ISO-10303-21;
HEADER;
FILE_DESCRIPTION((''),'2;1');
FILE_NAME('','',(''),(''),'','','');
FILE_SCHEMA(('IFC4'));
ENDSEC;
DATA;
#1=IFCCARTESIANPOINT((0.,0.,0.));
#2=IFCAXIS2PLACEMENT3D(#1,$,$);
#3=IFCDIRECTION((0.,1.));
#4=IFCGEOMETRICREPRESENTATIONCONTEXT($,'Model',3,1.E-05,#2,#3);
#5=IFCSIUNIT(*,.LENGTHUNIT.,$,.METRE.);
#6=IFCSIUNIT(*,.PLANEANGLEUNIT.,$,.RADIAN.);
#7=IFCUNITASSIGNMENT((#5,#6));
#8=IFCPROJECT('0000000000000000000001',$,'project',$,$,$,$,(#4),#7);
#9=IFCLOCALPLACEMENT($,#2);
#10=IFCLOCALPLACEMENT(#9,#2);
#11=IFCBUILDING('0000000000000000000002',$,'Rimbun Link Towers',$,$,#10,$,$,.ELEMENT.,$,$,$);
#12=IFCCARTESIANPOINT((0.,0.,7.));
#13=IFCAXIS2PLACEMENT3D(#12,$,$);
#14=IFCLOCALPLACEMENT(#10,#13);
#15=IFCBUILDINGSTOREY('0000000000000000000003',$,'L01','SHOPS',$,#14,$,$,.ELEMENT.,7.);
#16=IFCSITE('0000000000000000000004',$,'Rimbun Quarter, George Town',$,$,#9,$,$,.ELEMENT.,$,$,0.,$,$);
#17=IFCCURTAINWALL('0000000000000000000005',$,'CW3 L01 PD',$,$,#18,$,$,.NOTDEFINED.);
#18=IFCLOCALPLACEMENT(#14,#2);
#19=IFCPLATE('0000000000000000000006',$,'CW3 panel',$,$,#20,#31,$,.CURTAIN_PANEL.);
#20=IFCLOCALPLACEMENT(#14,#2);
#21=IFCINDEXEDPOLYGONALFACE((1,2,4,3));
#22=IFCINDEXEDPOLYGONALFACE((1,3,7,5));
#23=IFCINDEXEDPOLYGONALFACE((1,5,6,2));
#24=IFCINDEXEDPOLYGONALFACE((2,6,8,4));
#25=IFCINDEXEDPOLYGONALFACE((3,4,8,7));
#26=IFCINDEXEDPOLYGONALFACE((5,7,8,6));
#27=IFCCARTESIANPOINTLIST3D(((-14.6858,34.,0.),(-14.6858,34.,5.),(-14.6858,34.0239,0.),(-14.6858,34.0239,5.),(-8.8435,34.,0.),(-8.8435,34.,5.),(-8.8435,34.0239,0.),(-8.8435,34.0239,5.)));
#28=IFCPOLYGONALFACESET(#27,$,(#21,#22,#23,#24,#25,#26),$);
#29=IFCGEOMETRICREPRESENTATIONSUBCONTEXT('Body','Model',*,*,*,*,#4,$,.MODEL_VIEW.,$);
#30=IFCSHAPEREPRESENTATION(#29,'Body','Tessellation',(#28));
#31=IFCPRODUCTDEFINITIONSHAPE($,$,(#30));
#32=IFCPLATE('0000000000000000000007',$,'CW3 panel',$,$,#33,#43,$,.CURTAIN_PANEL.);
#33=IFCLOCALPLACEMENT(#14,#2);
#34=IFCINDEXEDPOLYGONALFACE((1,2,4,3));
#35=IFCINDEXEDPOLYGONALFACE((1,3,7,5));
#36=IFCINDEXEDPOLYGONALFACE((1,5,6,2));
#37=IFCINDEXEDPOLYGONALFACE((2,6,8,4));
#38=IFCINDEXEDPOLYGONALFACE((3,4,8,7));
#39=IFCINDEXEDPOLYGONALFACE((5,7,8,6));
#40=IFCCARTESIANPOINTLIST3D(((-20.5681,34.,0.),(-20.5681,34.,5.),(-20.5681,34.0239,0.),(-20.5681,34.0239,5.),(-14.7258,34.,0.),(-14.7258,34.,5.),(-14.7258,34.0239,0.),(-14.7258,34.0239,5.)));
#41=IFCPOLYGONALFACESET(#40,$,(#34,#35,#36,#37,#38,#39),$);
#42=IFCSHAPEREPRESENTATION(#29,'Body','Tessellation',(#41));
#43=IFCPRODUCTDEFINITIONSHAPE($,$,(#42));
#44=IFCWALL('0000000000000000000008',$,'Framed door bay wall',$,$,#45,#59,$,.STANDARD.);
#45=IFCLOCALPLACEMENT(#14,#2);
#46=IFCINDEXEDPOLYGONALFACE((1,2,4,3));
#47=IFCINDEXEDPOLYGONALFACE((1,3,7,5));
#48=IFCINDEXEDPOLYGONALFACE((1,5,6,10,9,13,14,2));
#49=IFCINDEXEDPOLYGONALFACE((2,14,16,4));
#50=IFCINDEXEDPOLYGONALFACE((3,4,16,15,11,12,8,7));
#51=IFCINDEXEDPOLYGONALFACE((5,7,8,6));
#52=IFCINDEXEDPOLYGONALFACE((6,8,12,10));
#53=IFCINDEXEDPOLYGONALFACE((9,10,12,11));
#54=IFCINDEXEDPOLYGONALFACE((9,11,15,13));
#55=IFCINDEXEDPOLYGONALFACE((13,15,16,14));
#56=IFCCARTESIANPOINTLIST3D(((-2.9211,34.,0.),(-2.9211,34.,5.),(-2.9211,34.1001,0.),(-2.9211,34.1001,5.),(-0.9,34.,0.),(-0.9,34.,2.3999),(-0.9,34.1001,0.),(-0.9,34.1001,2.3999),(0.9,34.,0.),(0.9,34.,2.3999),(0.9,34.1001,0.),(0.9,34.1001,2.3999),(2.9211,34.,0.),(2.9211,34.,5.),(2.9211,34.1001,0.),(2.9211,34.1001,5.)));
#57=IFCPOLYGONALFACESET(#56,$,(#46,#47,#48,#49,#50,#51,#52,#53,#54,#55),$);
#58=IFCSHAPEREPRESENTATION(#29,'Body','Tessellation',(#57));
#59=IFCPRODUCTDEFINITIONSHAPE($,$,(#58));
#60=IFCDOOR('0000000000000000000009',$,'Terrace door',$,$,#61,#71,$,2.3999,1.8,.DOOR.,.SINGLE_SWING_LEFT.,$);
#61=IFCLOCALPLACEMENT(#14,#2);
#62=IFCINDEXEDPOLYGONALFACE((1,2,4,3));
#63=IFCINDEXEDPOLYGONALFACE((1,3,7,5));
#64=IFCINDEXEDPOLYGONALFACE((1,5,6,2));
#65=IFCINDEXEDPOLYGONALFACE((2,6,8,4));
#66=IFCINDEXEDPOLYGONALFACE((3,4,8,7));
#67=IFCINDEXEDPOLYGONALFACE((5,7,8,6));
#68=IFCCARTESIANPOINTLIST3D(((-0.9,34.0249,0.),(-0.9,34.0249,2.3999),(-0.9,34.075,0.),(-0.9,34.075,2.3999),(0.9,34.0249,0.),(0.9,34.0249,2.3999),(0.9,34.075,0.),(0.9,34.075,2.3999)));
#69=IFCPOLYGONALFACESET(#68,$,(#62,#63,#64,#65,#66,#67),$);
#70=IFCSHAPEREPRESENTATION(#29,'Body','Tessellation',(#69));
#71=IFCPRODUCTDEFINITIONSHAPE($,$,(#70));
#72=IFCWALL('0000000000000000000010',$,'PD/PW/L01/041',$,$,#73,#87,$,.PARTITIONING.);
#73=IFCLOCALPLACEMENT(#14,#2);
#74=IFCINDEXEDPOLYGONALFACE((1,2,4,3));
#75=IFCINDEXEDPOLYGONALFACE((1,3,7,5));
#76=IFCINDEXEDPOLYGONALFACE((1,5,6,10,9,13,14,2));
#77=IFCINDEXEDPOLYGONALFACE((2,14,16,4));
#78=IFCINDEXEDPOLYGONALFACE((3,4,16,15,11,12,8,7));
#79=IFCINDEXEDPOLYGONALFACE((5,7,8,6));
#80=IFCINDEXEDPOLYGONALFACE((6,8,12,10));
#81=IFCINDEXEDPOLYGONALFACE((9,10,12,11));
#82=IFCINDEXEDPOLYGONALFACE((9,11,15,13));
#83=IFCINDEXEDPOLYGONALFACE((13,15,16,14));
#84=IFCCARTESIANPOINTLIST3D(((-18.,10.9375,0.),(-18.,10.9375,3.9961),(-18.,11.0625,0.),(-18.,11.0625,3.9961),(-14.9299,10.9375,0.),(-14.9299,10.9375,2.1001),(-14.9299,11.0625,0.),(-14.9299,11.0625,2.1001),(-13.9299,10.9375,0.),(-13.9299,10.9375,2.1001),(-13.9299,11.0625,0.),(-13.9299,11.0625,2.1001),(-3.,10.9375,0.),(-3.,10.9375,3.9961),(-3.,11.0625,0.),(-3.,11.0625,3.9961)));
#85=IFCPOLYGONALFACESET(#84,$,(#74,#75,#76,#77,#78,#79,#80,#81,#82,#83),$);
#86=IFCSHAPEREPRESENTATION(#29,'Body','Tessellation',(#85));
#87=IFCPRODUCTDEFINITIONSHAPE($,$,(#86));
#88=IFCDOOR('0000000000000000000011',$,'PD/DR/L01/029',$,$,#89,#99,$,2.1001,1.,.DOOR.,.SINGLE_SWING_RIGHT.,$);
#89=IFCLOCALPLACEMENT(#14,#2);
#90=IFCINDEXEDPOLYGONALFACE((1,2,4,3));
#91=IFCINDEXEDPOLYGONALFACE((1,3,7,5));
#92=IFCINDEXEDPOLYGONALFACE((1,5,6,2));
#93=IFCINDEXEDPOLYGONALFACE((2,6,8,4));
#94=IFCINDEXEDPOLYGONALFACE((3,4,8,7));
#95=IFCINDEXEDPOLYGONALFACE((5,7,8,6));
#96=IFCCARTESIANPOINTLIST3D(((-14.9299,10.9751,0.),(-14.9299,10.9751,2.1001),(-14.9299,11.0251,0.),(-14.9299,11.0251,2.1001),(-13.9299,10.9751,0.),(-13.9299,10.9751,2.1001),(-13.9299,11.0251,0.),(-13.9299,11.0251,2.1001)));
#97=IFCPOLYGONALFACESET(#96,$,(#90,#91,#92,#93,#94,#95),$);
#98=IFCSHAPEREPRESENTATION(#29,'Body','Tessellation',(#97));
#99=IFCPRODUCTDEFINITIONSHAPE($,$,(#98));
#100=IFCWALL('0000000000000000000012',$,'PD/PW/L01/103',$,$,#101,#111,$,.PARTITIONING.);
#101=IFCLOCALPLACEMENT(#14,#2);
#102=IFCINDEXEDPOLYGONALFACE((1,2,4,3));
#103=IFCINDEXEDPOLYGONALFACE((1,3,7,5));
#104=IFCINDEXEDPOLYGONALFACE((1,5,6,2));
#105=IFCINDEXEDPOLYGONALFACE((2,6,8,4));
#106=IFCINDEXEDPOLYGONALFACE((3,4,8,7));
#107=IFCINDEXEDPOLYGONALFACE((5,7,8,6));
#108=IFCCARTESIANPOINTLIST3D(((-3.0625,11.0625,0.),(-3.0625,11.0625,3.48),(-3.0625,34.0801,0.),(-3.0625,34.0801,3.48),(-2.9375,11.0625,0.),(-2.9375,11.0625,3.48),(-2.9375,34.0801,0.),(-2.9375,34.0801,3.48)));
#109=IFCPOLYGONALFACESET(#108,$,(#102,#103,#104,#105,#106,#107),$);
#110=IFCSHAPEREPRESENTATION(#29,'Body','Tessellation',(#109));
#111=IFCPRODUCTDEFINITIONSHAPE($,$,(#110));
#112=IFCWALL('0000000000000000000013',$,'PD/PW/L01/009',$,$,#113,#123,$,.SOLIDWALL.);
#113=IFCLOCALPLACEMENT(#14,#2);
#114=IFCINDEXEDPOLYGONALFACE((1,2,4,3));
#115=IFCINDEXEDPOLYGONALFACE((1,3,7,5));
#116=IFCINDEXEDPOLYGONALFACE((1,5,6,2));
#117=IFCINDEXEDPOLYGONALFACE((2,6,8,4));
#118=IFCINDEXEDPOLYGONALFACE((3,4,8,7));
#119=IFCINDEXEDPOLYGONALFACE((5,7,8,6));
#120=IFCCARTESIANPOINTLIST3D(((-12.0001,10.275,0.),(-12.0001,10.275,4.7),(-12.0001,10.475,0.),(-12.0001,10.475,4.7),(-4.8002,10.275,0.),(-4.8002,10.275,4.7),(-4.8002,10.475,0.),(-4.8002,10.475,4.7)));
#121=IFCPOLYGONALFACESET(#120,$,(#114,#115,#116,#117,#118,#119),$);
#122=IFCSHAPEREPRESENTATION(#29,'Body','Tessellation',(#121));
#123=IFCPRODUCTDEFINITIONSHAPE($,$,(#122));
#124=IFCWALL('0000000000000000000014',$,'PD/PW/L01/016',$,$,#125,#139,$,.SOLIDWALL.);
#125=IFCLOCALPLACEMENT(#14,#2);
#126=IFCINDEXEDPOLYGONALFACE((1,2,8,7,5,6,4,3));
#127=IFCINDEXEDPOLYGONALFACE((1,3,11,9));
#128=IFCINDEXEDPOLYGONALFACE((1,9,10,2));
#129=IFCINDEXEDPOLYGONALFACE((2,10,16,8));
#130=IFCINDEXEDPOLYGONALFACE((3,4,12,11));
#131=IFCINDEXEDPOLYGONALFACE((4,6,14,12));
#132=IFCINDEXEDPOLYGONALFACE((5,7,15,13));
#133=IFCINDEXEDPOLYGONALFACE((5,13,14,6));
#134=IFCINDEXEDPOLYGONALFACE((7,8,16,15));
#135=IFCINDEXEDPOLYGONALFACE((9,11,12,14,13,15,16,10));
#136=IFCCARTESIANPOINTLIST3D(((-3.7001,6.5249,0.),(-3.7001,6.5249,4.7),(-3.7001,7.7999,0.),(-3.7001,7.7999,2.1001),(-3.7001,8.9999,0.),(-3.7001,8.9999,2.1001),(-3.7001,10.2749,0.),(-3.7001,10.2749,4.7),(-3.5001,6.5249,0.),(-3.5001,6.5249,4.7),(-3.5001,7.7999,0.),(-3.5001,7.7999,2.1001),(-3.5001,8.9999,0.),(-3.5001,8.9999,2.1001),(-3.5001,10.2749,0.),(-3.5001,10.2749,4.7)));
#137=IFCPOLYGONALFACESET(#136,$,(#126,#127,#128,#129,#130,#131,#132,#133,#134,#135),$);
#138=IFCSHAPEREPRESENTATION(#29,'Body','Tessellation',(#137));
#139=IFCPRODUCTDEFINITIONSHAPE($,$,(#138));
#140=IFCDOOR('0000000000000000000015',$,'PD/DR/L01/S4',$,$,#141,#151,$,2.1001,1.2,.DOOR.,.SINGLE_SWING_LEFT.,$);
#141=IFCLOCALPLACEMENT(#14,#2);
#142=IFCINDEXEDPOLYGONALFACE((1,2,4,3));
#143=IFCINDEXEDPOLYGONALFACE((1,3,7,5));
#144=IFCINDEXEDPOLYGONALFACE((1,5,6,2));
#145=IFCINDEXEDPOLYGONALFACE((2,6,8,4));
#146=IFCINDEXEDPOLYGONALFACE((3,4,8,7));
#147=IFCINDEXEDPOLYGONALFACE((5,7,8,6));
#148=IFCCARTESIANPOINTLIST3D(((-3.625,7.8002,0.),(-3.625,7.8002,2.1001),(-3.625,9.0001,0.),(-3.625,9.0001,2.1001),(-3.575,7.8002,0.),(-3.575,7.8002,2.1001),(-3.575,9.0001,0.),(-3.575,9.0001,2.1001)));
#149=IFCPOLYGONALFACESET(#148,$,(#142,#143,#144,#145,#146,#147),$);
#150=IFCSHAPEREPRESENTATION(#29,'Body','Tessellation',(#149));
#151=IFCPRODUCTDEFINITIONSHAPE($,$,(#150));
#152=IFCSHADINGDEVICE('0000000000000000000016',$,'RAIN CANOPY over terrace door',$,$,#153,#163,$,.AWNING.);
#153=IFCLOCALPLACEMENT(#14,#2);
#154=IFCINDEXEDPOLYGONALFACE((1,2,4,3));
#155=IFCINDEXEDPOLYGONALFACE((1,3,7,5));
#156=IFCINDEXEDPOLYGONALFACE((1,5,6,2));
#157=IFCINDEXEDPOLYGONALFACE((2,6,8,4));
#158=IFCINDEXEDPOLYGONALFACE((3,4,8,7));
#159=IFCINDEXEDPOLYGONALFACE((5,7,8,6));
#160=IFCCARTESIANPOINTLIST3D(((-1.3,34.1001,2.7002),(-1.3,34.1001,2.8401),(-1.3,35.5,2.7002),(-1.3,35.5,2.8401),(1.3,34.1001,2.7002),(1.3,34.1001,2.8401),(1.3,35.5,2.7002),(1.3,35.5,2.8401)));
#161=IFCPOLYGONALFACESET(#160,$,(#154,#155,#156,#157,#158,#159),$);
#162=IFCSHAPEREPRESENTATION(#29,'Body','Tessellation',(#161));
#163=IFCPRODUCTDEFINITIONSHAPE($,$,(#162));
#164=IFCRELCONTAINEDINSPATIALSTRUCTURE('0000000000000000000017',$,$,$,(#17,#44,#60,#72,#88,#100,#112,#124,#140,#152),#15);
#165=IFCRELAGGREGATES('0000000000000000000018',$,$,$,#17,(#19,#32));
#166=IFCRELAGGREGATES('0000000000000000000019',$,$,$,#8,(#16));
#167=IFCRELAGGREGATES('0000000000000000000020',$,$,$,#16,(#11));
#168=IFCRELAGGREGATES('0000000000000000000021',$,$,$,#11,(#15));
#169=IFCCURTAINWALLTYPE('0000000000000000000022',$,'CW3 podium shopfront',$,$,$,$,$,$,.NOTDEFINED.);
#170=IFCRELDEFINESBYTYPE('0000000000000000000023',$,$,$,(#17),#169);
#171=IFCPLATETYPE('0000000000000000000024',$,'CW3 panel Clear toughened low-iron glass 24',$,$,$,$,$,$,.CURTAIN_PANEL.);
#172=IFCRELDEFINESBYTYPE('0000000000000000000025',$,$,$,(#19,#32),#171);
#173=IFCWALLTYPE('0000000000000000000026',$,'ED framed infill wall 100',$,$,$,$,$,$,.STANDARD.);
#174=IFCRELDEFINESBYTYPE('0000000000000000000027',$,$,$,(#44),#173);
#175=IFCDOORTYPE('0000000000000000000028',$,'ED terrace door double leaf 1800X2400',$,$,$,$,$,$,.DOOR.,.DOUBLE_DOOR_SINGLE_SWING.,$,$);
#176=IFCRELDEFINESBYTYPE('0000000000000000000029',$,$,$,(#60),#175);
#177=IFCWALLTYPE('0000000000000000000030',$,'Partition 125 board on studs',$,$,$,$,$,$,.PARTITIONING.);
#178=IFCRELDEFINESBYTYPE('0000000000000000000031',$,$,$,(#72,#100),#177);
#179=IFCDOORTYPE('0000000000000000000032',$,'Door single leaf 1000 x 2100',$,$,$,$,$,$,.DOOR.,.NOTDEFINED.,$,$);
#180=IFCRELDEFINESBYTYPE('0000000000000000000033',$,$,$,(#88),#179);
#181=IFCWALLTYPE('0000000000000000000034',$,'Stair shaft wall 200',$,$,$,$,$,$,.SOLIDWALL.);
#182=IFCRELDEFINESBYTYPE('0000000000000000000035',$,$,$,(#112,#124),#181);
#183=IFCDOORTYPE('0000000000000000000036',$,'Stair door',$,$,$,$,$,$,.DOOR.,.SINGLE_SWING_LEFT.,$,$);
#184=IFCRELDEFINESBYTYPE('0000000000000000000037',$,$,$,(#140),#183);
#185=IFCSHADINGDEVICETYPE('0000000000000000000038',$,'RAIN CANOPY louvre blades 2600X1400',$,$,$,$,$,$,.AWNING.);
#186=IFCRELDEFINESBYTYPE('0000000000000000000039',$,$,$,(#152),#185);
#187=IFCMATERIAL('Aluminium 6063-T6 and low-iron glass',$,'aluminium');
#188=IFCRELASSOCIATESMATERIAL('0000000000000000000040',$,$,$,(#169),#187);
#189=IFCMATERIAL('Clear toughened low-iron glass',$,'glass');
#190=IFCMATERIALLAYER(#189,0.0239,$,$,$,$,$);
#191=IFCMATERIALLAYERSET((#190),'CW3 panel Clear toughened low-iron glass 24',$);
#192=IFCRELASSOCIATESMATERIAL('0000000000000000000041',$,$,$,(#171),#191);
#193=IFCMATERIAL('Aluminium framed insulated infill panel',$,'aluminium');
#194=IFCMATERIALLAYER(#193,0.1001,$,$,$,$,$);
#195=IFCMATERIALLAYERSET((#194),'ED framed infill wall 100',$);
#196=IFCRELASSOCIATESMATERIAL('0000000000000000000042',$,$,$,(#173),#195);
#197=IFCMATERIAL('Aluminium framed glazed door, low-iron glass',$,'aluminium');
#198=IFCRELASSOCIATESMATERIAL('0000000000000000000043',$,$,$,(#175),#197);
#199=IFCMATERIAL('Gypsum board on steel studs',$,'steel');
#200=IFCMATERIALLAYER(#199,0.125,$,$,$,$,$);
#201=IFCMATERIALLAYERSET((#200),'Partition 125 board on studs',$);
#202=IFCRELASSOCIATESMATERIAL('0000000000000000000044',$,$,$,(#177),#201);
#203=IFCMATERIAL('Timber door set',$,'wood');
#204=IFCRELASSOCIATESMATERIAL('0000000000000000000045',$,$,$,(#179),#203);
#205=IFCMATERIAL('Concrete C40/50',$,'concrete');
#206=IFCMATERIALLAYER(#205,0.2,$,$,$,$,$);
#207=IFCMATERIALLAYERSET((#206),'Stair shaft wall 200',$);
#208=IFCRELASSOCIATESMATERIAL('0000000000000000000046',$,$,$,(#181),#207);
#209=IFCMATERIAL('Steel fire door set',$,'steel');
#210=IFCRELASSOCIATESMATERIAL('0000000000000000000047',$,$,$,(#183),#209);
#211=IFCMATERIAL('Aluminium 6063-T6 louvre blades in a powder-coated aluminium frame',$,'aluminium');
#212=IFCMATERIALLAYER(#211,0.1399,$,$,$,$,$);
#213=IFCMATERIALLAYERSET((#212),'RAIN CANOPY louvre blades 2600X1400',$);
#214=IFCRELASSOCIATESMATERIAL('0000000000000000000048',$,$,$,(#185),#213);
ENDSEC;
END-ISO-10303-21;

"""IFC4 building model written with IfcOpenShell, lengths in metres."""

from ifc_helpers import new_model, si_unit, direction, frame, frame_2d, origin, origin_2d, place, context, subcontext, project, spatial, rectangle, extrude, material, layer, layer_set, type_object, element, fill, aggregate, save


model = new_model("IFC4")

# Units and contexts
model_context = context("Model", 3, precision=1e-05, world=origin(), true_north=direction((0.0, 1.0)))
body_context = subcontext(model_context, "Body", "Model", "MODEL_VIEW")
ifc_project = project(units=[si_unit("LENGTHUNIT", "METRE"), si_unit("PLANEANGLEUNIT", "RADIAN")], contexts=[model_context])

# Site, building, storey
site_placement = place(None, origin())
site = spatial("IfcSite", under=ifc_project, at=site_placement, Name="Rimbun Quarter, George Town", CompositionType="ELEMENT", RefElevation=0.0)
building_placement = place(site_placement, origin())
building = spatial("IfcBuilding", under=site, at=building_placement, Name="Rimbun Link Towers", CompositionType="ELEMENT")
storey_placement = place(building_placement, frame((0.0, 0.0, 7.0)))
storey = spatial("IfcBuildingStorey", under=building, at=storey_placement, Name="L01", Description="SHOPS", CompositionType="ELEMENT", Elevation=7.0)

# Curtain wall
ifc_material_1 = material(Name="Aluminium 6063-T6 and low-iron glass", Category="aluminium")
curtain_wall_type = type_object("IfcCurtainWallType", Name="CW3 podium shopfront", PredefinedType="NOTDEFINED", material=ifc_material_1)
curtain_wall_placement = place(storey_placement, origin())
curtain_wall = element("IfcCurtainWall", 1, at=curtain_wall_placement, inside=storey, type_object=curtain_wall_type, Name="CW3 L01 PD", PredefinedType="NOTDEFINED")

# Plates
ifc_material_2 = material(Name="Clear toughened low-iron glass", Category="glass")
ifc_layer_1 = layer(ifc_material_2, 0.0239)
ifc_layer_set_1 = layer_set([ifc_layer_1], Name="CW3 panel Clear toughened low-iron glass 24")
plate_type = type_object("IfcPlateType", Name="CW3 panel Clear toughened low-iron glass 24", PredefinedType="CURTAIN_PANEL", material=ifc_layer_set_1)
plate_1_placement = place(storey_placement, frame((-11.7646, 34.012, 0.0), z_axis=(0.0, 0.0, 1.0), x_axis=(1.0, 0.0, 0.0)))
plate_1 = element("IfcPlate", 2, at=plate_1_placement, type_object=plate_type, Name="CW3 panel", PredefinedType="CURTAIN_PANEL", context=body_context, shape_type="SweptSolid", body=[
    extrude(rectangle(XDim=5.8423, YDim=0.0239, at=origin_2d()), origin(), (0.0, 0.0, 1.0), 5.0),
])
plate_2_placement = place(storey_placement, frame((-17.647, 34.012, 0.0), z_axis=(0.0, 0.0, 1.0), x_axis=(1.0, 0.0, 0.0)))
plate_2 = element("IfcPlate", 3, at=plate_2_placement, type_object=plate_type, Name="CW3 panel", PredefinedType="CURTAIN_PANEL", context=body_context, shape_type="SweptSolid", body=[
    extrude(rectangle(XDim=5.8423, YDim=0.0239, at=origin_2d()), origin(), (0.0, 0.0, 1.0), 5.0),
])
aggregate(curtain_wall, [plate_1, plate_2])

# Walls, openings, doors
ifc_material_3 = material(Name="Aluminium framed insulated infill panel", Category="aluminium")
ifc_layer_2 = layer(ifc_material_3, 0.1001)
ifc_layer_set_2 = layer_set([ifc_layer_2], Name="ED framed infill wall 100")
wall_type_1 = type_object("IfcWallType", Name="ED framed infill wall 100", PredefinedType="STANDARD", material=ifc_layer_set_2)
wall_1_placement = place(storey_placement, frame((-2.9211, 34.05, 0.0), z_axis=(0.0, 0.0, 1.0), x_axis=(1.0, 0.0, 0.0)))
wall_1 = element("IfcWall", 4, at=wall_1_placement, inside=storey, type_object=wall_type_1, Name="Framed door bay wall", PredefinedType="STANDARD", context=body_context, shape_type="SweptSolid", body=[
    extrude(rectangle(XDim=5.8423, YDim=0.1001, at=frame_2d((2.9211, 0.0))), origin(), (0.0, 0.0, 1.0), 5.0),
])
opening_1_placement = place(wall_1_placement, frame((2.0212, 0.0, 0.0)))
opening_1 = element("IfcOpeningElement", 5, at=opening_1_placement, cuts=wall_1, PredefinedType="OPENING", context=body_context, shape_type="SweptSolid", body=[
    extrude(rectangle(XDim=1.8, YDim=2.3999, at=frame_2d((0.8999, 1.2))), frame((0.0, 0.0601, 0.0), z_axis=(0.0, -1.0, 0.0), x_axis=(1.0, 0.0, 0.0)), (0.0, 0.0, 1.0), 0.1201),
])
ifc_material_4 = material(Name="Aluminium framed glazed door, low-iron glass", Category="aluminium")
door_type_1 = type_object("IfcDoorType", Name="ED terrace door double leaf 1800X2400", OperationType="DOUBLE_DOOR_SINGLE_SWING", PredefinedType="DOOR", material=ifc_material_4)
door_1_placement = place(opening_1_placement, origin())
door_1 = element("IfcDoor", 6, at=door_1_placement, inside=storey, type_object=door_type_1, Name="Terrace door", OperationType="SINGLE_SWING_LEFT", OverallHeight=2.3999, OverallWidth=1.8, PredefinedType="DOOR", context=body_context, shape_type="SweptSolid", body=[
    extrude(rectangle(XDim=1.8, YDim=2.3999, at=frame_2d((0.8999, 1.2))), frame((0.0, 0.0249, 0.0), z_axis=(0.0, -1.0, 0.0), x_axis=(1.0, 0.0, 0.0)), (0.0, 0.0, 1.0), 0.05),
])
fill(opening_1, door_1)
ifc_material_5 = material(Name="Gypsum board on steel studs", Category="steel")
ifc_layer_3 = layer(ifc_material_5, 0.125)
ifc_layer_set_3 = layer_set([ifc_layer_3], Name="Partition 125 board on studs")
wall_type_2 = type_object("IfcWallType", Name="Partition 125 board on studs", PredefinedType="PARTITIONING", material=ifc_layer_set_3)
wall_2_placement = place(storey_placement, frame((-3.0, 11.0, 0.0), z_axis=(0.0, 0.0, 1.0), x_axis=(-1.0, 0.0, 0.0)))
wall_2 = element("IfcWall", 7, at=wall_2_placement, inside=storey, type_object=wall_type_2, Name="PD/PW/L01/041", PredefinedType="PARTITIONING", context=body_context, shape_type="SweptSolid", body=[
    extrude(rectangle(XDim=15.0, YDim=0.125, at=frame_2d((7.5, 0.0))), origin(), (0.0, 0.0, 1.0), 3.9961),
])
opening_2_placement = place(wall_2_placement, frame((10.9299, 0.0, 0.0)))
opening_2 = element("IfcOpeningElement", 8, at=opening_2_placement, cuts=wall_2, PredefinedType="OPENING", context=body_context, shape_type="SweptSolid", body=[
    extrude(rectangle(XDim=1.0, YDim=2.1001, at=frame_2d((0.5, 1.05))), frame((0.0, 0.0725, 0.0), z_axis=(0.0, -1.0, 0.0), x_axis=(1.0, 0.0, 0.0)), (0.0, 0.0, 1.0), 0.145),
])
ifc_material_6 = material(Name="Timber door set", Category="wood")
door_type_2 = type_object("IfcDoorType", Name="Door single leaf 1000 x 2100", OperationType="NOTDEFINED", PredefinedType="DOOR", material=ifc_material_6)
door_2_placement = place(opening_2_placement, origin())
door_2 = element("IfcDoor", 9, at=door_2_placement, inside=storey, type_object=door_type_2, Name="PD/DR/L01/029", OperationType="SINGLE_SWING_RIGHT", OverallHeight=2.1001, OverallWidth=1.0, PredefinedType="DOOR", context=body_context, shape_type="SweptSolid", body=[
    extrude(rectangle(XDim=1.0, YDim=2.1001, at=frame_2d((0.5, 1.05))), frame((0.0, 0.0249, 0.0), z_axis=(0.0, -1.0, 0.0), x_axis=(1.0, 0.0, 0.0)), (0.0, 0.0, 1.0), 0.05),
])
fill(opening_2, door_2)

# Walls
wall_3_placement = place(storey_placement, frame((-3.0, 11.0625, 0.0), z_axis=(0.0, 0.0, 1.0), x_axis=(0.0, 1.0, 0.0)))
element("IfcWall", 10, at=wall_3_placement, inside=storey, type_object=wall_type_2, Name="PD/PW/L01/103", PredefinedType="PARTITIONING", context=body_context, shape_type="SweptSolid", body=[
    extrude(rectangle(XDim=23.0176, YDim=0.125, at=frame_2d((11.5088, 0.0))), origin(), (0.0, 0.0, 1.0), 3.48),
])
ifc_material_7 = material(Name="Concrete C40/50", Category="concrete")
ifc_layer_4 = layer(ifc_material_7, 0.2)
ifc_layer_set_4 = layer_set([ifc_layer_4], Name="Stair shaft wall 200")
wall_type_3 = type_object("IfcWallType", Name="Stair shaft wall 200", PredefinedType="SOLIDWALL", material=ifc_layer_set_4)
wall_4_placement = place(storey_placement, frame((-4.8, 10.375, 0.0), z_axis=(0.0, 0.0, 1.0), x_axis=(-1.0, 0.0, 0.0)))
element("IfcWall", 11, at=wall_4_placement, inside=storey, type_object=wall_type_3, Name="PD/PW/L01/009", PredefinedType="SOLIDWALL", context=body_context, shape_type="SweptSolid", body=[
    extrude(rectangle(XDim=7.2, YDim=0.2, at=frame_2d((3.6001, 0.0))), origin(), (0.0, 0.0, 1.0), 4.7),
])

# Wall, opening, door
wall_5_placement = place(storey_placement, frame((-3.6001, 10.2749, 0.0), z_axis=(0.0, 0.0, 1.0), x_axis=(0.0, -1.0, 0.0)))
wall_5 = element("IfcWall", 12, at=wall_5_placement, inside=storey, type_object=wall_type_3, Name="PD/PW/L01/016", PredefinedType="SOLIDWALL", context=body_context, shape_type="SweptSolid", body=[
    extrude(rectangle(XDim=3.75, YDim=0.2, at=frame_2d((1.875, 0.0))), origin(), (0.0, 0.0, 1.0), 4.7),
])
opening_3_placement = place(wall_5_placement, frame((1.2749, 0.0, 0.0)))
opening_3 = element("IfcOpeningElement", 13, at=opening_3_placement, cuts=wall_5, PredefinedType="OPENING", context=body_context, shape_type="SweptSolid", body=[
    extrude(rectangle(XDim=1.2, YDim=2.1001, at=frame_2d((0.6001, 1.05))), frame((0.0, 0.1099, 0.0), z_axis=(0.0, -1.0, 0.0), x_axis=(1.0, 0.0, 0.0)), (0.0, 0.0, 1.0), 0.22),
])
ifc_material_8 = material(Name="Steel fire door set", Category="steel")
door_type_3 = type_object("IfcDoorType", Name="Stair door", OperationType="SINGLE_SWING_LEFT", PredefinedType="DOOR", material=ifc_material_8)
door_3_placement = place(opening_3_placement, frame((1.2, 0.0, 0.0), z_axis=(0.0, 0.0, 1.0), x_axis=(-1.0, 0.0, 0.0)))
door_3 = element("IfcDoor", 14, at=door_3_placement, inside=storey, type_object=door_type_3, Name="PD/DR/L01/S4", OperationType="SINGLE_SWING_LEFT", OverallHeight=2.1001, OverallWidth=1.2, PredefinedType="DOOR", context=body_context, shape_type="SweptSolid", body=[
    extrude(rectangle(XDim=1.2, YDim=2.1001, at=frame_2d((0.6001, 1.05))), frame((0.0, 0.0249, 0.0), z_axis=(0.0, -1.0, 0.0), x_axis=(1.0, 0.0, 0.0)), (0.0, 0.0, 1.0), 0.05),
])
fill(opening_3, door_3)

# Shading device
ifc_material_9 = material(Name="Aluminium 6063-T6 louvre blades in a powder-coated aluminium frame", Category="aluminium")
ifc_layer_5 = layer(ifc_material_9, 0.1399)
ifc_layer_set_5 = layer_set([ifc_layer_5], Name="RAIN CANOPY louvre blades 2600X1400")
shading_device_type = type_object("IfcShadingDeviceType", Name="RAIN CANOPY louvre blades 2600X1400", PredefinedType="AWNING", material=ifc_layer_set_5)
shading_device_placement = place(storey_placement, frame((0.0, 34.8, 2.7002), z_axis=(0.0, 0.0, 1.0), x_axis=(1.0, 0.0, 0.0)))
element("IfcShadingDevice", 15, at=shading_device_placement, inside=storey, type_object=shading_device_type, Name="RAIN CANOPY over terrace door", PredefinedType="AWNING", context=body_context, shape_type="SweptSolid", body=[
    extrude(rectangle(XDim=2.6001, YDim=1.3999, at=origin_2d()), origin(), (0.0, 0.0, 1.0), 0.1399),
])

save(model, "model.ifc")
